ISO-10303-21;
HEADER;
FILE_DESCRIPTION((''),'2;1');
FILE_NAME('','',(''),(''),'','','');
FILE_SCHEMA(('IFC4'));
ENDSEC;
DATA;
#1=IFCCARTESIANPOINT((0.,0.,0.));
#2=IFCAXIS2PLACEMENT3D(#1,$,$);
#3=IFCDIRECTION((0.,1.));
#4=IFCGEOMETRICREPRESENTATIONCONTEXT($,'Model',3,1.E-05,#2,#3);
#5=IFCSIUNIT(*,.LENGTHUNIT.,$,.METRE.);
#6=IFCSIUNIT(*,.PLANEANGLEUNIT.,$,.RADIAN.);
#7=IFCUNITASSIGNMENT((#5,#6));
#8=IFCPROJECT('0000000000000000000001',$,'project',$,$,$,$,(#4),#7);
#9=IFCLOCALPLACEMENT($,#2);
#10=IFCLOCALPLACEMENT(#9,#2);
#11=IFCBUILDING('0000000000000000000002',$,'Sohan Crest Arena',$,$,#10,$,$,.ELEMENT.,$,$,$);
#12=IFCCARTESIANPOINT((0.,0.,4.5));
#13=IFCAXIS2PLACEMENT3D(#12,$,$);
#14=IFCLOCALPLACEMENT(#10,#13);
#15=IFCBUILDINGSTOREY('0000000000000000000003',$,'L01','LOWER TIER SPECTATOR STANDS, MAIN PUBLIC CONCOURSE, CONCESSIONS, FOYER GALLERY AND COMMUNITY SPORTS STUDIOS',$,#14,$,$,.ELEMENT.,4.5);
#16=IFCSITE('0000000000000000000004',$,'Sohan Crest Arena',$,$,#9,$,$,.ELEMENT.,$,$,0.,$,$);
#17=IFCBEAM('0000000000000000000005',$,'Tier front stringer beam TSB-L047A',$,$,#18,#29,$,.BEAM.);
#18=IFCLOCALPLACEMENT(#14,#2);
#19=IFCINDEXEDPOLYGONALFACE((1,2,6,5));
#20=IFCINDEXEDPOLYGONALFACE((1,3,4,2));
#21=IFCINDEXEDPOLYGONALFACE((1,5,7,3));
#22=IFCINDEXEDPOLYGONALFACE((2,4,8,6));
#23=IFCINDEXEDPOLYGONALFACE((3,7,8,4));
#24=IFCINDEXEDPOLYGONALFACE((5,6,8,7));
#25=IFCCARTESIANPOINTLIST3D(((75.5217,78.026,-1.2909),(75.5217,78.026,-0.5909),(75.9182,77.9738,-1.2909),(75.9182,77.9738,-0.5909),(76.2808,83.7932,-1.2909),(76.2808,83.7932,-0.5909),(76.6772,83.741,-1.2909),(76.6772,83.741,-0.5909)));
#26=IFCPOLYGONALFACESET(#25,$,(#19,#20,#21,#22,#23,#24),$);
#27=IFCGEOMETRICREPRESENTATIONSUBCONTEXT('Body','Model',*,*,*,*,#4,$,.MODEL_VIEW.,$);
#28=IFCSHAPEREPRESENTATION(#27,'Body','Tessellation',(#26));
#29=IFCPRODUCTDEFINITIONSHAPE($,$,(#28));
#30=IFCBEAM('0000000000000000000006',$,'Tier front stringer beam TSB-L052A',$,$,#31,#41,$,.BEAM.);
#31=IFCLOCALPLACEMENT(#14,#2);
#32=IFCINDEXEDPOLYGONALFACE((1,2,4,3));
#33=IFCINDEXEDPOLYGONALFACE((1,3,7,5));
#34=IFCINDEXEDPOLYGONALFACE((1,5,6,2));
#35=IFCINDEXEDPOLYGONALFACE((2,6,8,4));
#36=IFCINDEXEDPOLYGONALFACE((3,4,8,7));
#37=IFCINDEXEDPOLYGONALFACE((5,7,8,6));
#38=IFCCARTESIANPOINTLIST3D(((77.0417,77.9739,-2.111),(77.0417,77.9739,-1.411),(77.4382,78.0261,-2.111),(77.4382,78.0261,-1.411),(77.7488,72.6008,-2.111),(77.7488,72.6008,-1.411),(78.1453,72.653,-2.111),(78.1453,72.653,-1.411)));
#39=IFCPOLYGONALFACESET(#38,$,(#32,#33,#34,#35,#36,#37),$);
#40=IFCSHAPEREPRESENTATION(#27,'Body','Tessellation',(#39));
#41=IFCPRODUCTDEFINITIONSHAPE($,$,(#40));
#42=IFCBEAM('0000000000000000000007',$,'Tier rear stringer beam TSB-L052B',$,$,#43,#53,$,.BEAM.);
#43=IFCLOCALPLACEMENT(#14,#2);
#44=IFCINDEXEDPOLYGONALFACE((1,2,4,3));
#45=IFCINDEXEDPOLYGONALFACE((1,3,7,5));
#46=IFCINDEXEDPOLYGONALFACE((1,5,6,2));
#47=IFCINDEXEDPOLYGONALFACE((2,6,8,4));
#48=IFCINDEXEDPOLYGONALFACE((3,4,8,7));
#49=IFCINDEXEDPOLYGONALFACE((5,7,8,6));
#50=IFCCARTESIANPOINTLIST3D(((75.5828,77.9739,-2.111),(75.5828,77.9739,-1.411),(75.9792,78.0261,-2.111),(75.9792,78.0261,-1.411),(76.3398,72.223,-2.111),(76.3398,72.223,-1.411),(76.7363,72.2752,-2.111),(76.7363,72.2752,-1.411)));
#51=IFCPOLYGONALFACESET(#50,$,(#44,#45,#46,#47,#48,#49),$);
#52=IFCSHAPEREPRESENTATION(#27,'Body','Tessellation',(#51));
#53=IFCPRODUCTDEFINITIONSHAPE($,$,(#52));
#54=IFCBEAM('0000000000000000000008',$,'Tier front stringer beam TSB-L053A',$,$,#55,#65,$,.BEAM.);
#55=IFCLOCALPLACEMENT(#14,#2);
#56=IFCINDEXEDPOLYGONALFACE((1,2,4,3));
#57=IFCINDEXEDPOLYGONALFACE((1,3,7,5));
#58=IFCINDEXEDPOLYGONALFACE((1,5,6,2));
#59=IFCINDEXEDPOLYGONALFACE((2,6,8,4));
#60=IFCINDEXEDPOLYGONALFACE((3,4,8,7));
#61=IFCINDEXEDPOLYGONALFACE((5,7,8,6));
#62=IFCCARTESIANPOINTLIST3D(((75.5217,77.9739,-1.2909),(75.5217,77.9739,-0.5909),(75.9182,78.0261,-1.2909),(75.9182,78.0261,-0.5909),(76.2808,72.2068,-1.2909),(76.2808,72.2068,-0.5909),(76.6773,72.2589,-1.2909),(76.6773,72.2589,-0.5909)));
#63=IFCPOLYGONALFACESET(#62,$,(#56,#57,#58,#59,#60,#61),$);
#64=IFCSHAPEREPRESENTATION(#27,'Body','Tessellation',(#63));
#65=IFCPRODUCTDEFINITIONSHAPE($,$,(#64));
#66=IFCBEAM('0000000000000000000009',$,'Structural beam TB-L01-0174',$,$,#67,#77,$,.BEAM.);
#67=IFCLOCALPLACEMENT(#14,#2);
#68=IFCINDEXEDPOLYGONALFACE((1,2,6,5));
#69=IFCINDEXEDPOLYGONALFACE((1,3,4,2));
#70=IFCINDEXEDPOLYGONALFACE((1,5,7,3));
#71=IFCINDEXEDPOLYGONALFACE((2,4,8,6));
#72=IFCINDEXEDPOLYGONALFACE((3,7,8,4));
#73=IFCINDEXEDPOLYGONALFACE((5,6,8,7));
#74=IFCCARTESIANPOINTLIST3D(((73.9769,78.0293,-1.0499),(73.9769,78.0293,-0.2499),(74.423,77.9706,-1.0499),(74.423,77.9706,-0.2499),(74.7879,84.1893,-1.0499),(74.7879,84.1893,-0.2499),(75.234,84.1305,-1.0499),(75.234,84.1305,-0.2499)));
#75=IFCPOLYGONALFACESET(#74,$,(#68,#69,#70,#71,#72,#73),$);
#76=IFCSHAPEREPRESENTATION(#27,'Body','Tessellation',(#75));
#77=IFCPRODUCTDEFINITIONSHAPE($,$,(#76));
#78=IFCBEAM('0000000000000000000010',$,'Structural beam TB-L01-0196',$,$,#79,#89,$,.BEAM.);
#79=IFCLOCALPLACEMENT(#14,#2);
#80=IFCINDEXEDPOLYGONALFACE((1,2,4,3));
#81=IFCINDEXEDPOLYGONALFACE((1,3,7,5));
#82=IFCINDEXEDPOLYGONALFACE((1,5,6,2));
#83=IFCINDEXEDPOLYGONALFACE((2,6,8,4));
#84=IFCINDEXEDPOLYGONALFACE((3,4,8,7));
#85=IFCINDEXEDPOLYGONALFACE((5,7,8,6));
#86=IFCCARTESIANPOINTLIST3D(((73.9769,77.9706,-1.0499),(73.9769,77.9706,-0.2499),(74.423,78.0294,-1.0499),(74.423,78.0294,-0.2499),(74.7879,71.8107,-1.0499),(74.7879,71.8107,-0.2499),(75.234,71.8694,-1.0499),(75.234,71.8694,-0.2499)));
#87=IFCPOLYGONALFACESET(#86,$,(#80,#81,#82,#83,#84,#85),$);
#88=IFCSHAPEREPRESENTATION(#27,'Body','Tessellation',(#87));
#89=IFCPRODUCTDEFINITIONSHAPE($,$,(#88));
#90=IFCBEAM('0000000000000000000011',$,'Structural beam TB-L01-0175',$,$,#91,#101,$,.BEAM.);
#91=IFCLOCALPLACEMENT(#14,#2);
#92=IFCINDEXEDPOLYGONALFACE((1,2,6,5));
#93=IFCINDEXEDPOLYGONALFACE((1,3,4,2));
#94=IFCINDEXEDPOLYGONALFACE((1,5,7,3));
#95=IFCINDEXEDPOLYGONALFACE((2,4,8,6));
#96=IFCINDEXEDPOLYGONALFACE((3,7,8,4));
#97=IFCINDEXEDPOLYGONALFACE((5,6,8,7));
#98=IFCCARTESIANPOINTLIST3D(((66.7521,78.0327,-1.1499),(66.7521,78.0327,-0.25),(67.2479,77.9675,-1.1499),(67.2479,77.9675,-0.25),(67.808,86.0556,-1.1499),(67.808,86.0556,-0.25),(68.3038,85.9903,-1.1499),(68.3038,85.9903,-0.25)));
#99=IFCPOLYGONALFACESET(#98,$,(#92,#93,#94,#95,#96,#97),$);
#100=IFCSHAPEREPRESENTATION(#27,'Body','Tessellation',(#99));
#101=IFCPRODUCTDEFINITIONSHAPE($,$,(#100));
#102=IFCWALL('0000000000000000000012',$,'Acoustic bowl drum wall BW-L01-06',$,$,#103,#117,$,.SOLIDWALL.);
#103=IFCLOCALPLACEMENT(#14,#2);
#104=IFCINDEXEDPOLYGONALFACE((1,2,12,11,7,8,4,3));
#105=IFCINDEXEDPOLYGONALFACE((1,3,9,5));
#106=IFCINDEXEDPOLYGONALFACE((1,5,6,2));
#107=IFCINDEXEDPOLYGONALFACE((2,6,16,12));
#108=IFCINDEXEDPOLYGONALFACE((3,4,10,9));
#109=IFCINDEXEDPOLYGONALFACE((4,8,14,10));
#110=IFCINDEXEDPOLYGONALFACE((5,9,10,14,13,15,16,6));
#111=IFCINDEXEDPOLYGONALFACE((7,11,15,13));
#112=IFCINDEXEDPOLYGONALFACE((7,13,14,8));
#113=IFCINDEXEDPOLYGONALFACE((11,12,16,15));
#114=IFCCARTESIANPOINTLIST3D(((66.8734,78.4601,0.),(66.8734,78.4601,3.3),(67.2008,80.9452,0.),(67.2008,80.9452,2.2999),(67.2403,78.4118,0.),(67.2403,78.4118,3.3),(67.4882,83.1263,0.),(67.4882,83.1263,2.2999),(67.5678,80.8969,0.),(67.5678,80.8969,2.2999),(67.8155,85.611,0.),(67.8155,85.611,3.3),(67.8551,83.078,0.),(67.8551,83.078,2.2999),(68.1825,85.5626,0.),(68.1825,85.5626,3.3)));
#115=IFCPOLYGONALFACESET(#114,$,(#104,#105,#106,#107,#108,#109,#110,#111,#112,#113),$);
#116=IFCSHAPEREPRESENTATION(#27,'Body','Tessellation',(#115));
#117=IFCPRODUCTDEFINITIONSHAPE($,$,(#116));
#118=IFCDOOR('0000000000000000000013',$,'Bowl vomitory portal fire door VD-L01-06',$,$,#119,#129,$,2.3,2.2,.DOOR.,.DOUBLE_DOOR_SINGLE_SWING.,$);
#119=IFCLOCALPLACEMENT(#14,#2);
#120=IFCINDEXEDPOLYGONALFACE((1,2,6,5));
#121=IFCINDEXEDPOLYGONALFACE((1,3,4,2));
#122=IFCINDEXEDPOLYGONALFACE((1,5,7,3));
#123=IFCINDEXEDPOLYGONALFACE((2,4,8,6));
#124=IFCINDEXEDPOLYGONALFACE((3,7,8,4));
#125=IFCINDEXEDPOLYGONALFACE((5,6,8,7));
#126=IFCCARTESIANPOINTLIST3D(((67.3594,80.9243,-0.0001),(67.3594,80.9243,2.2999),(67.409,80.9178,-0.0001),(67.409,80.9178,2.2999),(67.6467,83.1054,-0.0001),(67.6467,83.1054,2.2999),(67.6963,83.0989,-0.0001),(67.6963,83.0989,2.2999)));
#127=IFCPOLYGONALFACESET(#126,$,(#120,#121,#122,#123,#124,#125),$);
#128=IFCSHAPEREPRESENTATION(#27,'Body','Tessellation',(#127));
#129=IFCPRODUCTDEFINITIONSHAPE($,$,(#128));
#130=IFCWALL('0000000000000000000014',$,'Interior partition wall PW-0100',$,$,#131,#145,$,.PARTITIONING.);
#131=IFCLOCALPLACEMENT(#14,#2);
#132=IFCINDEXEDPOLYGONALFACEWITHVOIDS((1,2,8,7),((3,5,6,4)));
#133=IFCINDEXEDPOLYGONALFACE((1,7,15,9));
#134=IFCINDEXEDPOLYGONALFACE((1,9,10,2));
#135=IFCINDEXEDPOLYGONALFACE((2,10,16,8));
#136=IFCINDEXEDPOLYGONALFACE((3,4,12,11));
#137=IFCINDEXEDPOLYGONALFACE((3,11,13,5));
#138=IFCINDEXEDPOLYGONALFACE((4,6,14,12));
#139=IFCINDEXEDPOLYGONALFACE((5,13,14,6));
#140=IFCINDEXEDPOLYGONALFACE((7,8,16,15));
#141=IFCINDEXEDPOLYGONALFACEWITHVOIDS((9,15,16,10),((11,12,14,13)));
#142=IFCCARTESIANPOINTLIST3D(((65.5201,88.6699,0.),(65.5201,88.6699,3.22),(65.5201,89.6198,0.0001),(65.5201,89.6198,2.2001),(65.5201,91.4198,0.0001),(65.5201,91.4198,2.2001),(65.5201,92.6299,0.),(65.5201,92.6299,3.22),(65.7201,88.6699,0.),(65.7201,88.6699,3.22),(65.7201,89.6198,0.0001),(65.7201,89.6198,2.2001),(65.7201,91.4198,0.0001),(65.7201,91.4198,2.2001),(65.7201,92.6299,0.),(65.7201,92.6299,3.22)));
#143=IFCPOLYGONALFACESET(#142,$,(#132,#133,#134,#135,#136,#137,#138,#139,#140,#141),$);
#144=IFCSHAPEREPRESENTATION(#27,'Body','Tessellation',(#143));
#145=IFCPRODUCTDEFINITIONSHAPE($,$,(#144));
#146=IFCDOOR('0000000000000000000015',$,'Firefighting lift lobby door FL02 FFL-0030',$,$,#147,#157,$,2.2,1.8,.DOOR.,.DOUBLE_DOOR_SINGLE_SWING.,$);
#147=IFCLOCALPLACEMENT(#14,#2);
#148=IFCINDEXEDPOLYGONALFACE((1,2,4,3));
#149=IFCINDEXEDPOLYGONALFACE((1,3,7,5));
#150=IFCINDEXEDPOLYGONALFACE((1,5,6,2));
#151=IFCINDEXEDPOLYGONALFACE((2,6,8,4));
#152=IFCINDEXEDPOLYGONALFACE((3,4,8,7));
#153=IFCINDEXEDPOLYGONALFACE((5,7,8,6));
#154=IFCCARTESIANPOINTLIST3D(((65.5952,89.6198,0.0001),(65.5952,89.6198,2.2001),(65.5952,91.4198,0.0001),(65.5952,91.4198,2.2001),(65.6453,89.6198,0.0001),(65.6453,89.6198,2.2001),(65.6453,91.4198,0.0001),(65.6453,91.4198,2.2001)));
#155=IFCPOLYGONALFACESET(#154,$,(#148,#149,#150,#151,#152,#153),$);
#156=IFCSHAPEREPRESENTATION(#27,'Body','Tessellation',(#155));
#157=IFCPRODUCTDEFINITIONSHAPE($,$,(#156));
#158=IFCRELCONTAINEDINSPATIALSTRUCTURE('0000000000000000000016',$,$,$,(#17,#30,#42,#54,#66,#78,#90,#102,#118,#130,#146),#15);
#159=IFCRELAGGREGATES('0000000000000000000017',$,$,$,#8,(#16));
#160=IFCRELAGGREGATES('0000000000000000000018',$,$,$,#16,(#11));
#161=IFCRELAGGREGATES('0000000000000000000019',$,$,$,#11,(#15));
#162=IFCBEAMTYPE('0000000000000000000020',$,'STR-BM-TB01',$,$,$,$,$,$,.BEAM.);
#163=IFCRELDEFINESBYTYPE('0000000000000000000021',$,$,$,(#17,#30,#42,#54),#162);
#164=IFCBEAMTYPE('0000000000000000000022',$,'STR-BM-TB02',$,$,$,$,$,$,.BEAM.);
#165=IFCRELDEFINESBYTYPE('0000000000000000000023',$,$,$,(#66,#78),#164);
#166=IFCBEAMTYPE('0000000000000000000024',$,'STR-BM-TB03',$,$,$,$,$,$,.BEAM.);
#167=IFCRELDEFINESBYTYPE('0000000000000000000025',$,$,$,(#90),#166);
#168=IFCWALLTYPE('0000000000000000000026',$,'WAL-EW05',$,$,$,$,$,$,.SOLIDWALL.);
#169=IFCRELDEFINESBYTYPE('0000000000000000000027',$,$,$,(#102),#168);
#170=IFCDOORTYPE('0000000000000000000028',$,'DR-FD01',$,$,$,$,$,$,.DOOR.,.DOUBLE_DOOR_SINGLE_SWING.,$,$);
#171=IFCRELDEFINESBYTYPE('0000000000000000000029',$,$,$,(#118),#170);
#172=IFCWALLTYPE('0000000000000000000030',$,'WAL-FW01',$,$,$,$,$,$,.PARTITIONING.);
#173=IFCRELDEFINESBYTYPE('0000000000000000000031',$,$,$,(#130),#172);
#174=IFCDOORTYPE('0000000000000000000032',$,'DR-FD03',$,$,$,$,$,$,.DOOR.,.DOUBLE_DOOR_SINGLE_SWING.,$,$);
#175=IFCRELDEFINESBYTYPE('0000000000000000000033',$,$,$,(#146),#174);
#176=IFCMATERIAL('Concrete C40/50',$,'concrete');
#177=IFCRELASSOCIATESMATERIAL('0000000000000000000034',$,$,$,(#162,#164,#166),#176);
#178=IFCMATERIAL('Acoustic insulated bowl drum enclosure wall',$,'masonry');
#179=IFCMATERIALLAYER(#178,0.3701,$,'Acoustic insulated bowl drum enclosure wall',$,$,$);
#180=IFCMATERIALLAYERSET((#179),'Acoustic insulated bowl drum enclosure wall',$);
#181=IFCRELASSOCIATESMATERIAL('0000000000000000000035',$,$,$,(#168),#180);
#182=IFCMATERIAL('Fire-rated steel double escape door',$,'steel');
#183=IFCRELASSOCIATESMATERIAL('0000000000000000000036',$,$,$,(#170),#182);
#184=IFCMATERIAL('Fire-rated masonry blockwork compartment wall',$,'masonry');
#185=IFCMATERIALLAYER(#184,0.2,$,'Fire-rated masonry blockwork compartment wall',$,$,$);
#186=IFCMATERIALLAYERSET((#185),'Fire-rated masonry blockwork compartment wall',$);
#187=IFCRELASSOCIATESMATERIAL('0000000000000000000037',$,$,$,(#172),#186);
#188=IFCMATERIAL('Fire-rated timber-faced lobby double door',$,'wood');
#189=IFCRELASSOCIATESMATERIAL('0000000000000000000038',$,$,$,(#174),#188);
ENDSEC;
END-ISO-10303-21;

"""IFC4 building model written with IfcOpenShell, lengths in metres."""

from ifc_helpers import new_model, si_unit, direction, frame, frame_2d, origin, origin_2d, place, context, subcontext, project, spatial, rectangle, extrude, material, layer, layer_set, material_profile, profile_set, type_object, element, fill, save


model = new_model("IFC4")

# Units and contexts
model_context = context("Model", 3, precision=1e-05, world=origin(), true_north=direction((0.0, 1.0)))
body_context = subcontext(model_context, "Body", "Model", "MODEL_VIEW")
ifc_project = project(units=[si_unit("LENGTHUNIT", "METRE"), si_unit("PLANEANGLEUNIT", "RADIAN")], contexts=[model_context])

# Site, building, storey
site_placement = place(None, origin())
site = spatial("IfcSite", under=ifc_project, at=site_placement, Name="Sohan Crest Arena", CompositionType="ELEMENT", RefElevation=0.0)
building_placement = place(site_placement, origin())
building = spatial("IfcBuilding", under=site, at=building_placement, Name="Sohan Crest Arena", CompositionType="ELEMENT")
storey_placement = place(building_placement, frame((0.0, 0.0, 4.5)))
storey = spatial("IfcBuildingStorey", under=building, at=storey_placement, Name="L01", Description="LOWER TIER SPECTATOR STANDS, MAIN PUBLIC CONCOURSE, CONCESSIONS, FOYER GALLERY AND COMMUNITY SPORTS STUDIOS", CompositionType="ELEMENT", Elevation=4.5)

# Shared definitions
ifc_material_1 = material(Name="Concrete C40/50", Category="concrete")

# Beams
ifc_material_profile_1 = material_profile(ifc_material_1, rectangle(XDim=0.3999, YDim=0.7, at=origin_2d()), Name="RC-BM 400x700")
ifc_profile_set_1 = profile_set([ifc_material_profile_1], Name="Concrete C40/50")
beam_type_1 = type_object("IfcBeamType", Name="STR-BM-TB01", PredefinedType="BEAM", material=ifc_profile_set_1)
beam_1_placement = place(storey_placement, frame((76.479, 83.7671, -0.9409), z_axis=(-0.130489, -0.99145, 0.0), x_axis=(0.99145, -0.130489, 0.0)))
element("IfcBeam", 1, at=beam_1_placement, inside=storey, type_object=beam_type_1, Name="Tier front stringer beam TSB-L047A", PredefinedType="BEAM", context=body_context, shape_type="SweptSolid", body=[
    extrude(rectangle(XDim=0.3999, YDim=0.7, at=origin_2d()), origin(), (0.0, 0.0, 1.0), 5.8169),
])
beam_2_placement = place(storey_placement, frame((77.24, 78.0, -1.761), z_axis=(0.130464, -0.991453, 0.0), x_axis=(0.991453, 0.130464, 0.0)))
element("IfcBeam", 2, at=beam_2_placement, inside=storey, type_object=beam_type_1, Name="Tier front stringer beam TSB-L052A", PredefinedType="BEAM", context=body_context, shape_type="SweptSolid", body=[
    extrude(rectangle(XDim=0.3999, YDim=0.7, at=origin_2d()), origin(), (0.0, 0.0, 1.0), 5.4194),
])
beam_3_placement = place(storey_placement, frame((75.781, 78.0, -1.761), z_axis=(0.130518, -0.991446, 0.0), x_axis=(0.991446, 0.130518, 0.0)))
element("IfcBeam", 3, at=beam_3_placement, inside=storey, type_object=beam_type_1, Name="Tier rear stringer beam TSB-L052B", PredefinedType="BEAM", context=body_context, shape_type="SweptSolid", body=[
    extrude(rectangle(XDim=0.3999, YDim=0.7, at=origin_2d()), origin(), (0.0, 0.0, 1.0), 5.8005),
])
beam_4_placement = place(storey_placement, frame((75.72, 78.0, -0.9409), z_axis=(0.130489, -0.99145, 0.0), x_axis=(0.99145, 0.130489, 0.0)))
element("IfcBeam", 4, at=beam_4_placement, inside=storey, type_object=beam_type_1, Name="Tier front stringer beam TSB-L053A", PredefinedType="BEAM", context=body_context, shape_type="SweptSolid", body=[
    extrude(rectangle(XDim=0.3999, YDim=0.7, at=origin_2d()), origin(), (0.0, 0.0, 1.0), 5.8169),
])
ifc_material_profile_2 = material_profile(ifc_material_1, rectangle(XDim=0.45, YDim=0.8, at=origin_2d()), Name="RC-BM 450x800")
ifc_profile_set_2 = profile_set([ifc_material_profile_2], Name="Concrete C40/50")
beam_type_2 = type_object("IfcBeamType", Name="STR-BM-TB02", PredefinedType="BEAM", material=ifc_profile_set_2)
for number, where, z_axis, x_axis, name in (
    (5, (75.011, 84.1599, -0.6499), (-0.130537, -0.991443, 0.0), (0.991443, -0.130537, 0.0), "Structural beam TB-L01-0174"),
    (6, (74.2, 78.0, -0.6499), (0.130537, -0.991443, 0.0), (0.991443, 0.130537, 0.0), "Structural beam TB-L01-0196"),
):
    element("IfcBeam", number, at=place(storey_placement, frame(where, z_axis=z_axis, x_axis=x_axis)), inside=storey, type_object=beam_type_2, Name=name, PredefinedType="BEAM", context=body_context, shape_type="SweptSolid", body=[
        extrude(rectangle(XDim=0.45, YDim=0.8, at=origin_2d()), origin(), (0.0, 0.0, 1.0), 6.2131),
    ])
ifc_material_profile_3 = material_profile(ifc_material_1, rectangle(XDim=0.5, YDim=0.8999, at=origin_2d()), Name="RC-BM 500x900")
ifc_profile_set_3 = profile_set([ifc_material_profile_3], Name="Concrete C40/50")
beam_type_3 = type_object("IfcBeamType", Name="STR-BM-TB03", PredefinedType="BEAM", material=ifc_profile_set_3)
beam_5_placement = place(storey_placement, frame((68.0559, 86.0229, -0.7), z_axis=(-0.130486, -0.99145, 0.0), x_axis=(0.99145, -0.130486, 0.0)))
element("IfcBeam", 7, at=beam_5_placement, inside=storey, type_object=beam_type_3, Name="Structural beam TB-L01-0175", PredefinedType="BEAM", context=body_context, shape_type="SweptSolid", body=[
    extrude(rectangle(XDim=0.5, YDim=0.8999, at=origin_2d()), origin(), (0.0, 0.0, 1.0), 8.092),
])

# Walls, openings, doors
ifc_material_2 = material(Name="Acoustic insulated bowl drum enclosure wall", Category="masonry")
ifc_layer_1 = layer(ifc_material_2, 0.3701, Name="Acoustic insulated bowl drum enclosure wall")
ifc_layer_set_1 = layer_set([ifc_layer_1], Name="Acoustic insulated bowl drum enclosure wall")
wall_type_1 = type_object("IfcWallType", Name="WAL-EW05", PredefinedType="SOLIDWALL", material=ifc_layer_set_1)
wall_1_placement = place(storey_placement, frame((67.999, 85.5869, 0.0), z_axis=(0.0, 0.0, 1.0), x_axis=(-0.130623, -0.991432, 0.0)))
wall_1 = element("IfcWall", 8, at=wall_1_placement, inside=storey, type_object=wall_type_1, Name="Acoustic bowl drum wall BW-L01-06", PredefinedType="SOLIDWALL", context=body_context, shape_type="SweptSolid", body=[
    extrude(rectangle(XDim=7.2126, YDim=0.3701, at=frame_2d((3.6064, 0.0))), origin(), (0.0, 0.0, 1.0), 3.3),
])
opening_1_placement = place(wall_1_placement, frame((2.5061, 0.0, 0.0)))
opening_1 = element("IfcOpeningElement", 9, at=opening_1_placement, cuts=wall_1, PredefinedType="OPENING", context=body_context, shape_type="SweptSolid", body=[
    extrude(rectangle(XDim=2.2, YDim=2.3, at=frame_2d((1.1001, 1.1499))), frame((0.0, 0.1951, 0.0), z_axis=(0.0, -1.0, 0.0), x_axis=(1.0, 0.0, 0.0)), (0.0, 0.0, 1.0), 0.3901),
])
ifc_material_3 = material(Name="Fire-rated steel double escape door", Category="steel")
door_type_1 = type_object("IfcDoorType", Name="DR-FD01", OperationType="DOUBLE_DOOR_SINGLE_SWING", PredefinedType="DOOR", material=ifc_material_3)
door_1_placement = place(opening_1_placement, origin())
door_1 = element("IfcDoor", 10, at=door_1_placement, inside=storey, type_object=door_type_1, Name="Bowl vomitory portal fire door VD-L01-06", OperationType="DOUBLE_DOOR_SINGLE_SWING", OverallHeight=2.3, OverallWidth=2.2, PredefinedType="DOOR", context=body_context, shape_type="SweptSolid", body=[
    extrude(rectangle(XDim=2.2, YDim=2.3, at=frame_2d((1.1001, 1.1499))), frame((0.0, 0.0249, 0.0), z_axis=(0.0, -1.0, 0.0), x_axis=(1.0, 0.0, 0.0)), (0.0, 0.0, 1.0), 0.05),
])
fill(opening_1, door_1)
ifc_material_4 = material(Name="Fire-rated masonry blockwork compartment wall", Category="masonry")
ifc_layer_2 = layer(ifc_material_4, 0.2, Name="Fire-rated masonry blockwork compartment wall")
ifc_layer_set_2 = layer_set([ifc_layer_2], Name="Fire-rated masonry blockwork compartment wall")
wall_type_2 = type_object("IfcWallType", Name="WAL-FW01", PredefinedType="PARTITIONING", material=ifc_layer_set_2)
wall_2_placement = place(storey_placement, frame((65.6201, 88.6699, 0.0), z_axis=(0.0, 0.0, 1.0), x_axis=(0.0, 1.0, 0.0)))
wall_2 = element("IfcWall", 11, at=wall_2_placement, inside=storey, type_object=wall_type_2, Name="Interior partition wall PW-0100", PredefinedType="PARTITIONING", context=body_context, shape_type="SweptSolid", body=[
    extrude(rectangle(XDim=3.96, YDim=0.2, at=frame_2d((1.98, 0.0))), origin(), (0.0, 0.0, 1.0), 3.22),
])
opening_2_placement = place(wall_2_placement, frame((0.95, 0.0, 0.0)))
opening_2 = element("IfcOpeningElement", 12, at=opening_2_placement, cuts=wall_2, PredefinedType="OPENING", context=body_context, shape_type="SweptSolid", body=[
    extrude(rectangle(XDim=1.8, YDim=2.2, at=frame_2d((0.8999, 1.1001))), frame((0.0, 0.1099, 0.0), z_axis=(0.0, -1.0, 0.0), x_axis=(1.0, 0.0, 0.0)), (0.0, 0.0, 1.0), 0.22),
])
ifc_material_5 = material(Name="Fire-rated timber-faced lobby double door", Category="wood")
door_type_2 = type_object("IfcDoorType", Name="DR-FD03", OperationType="DOUBLE_DOOR_SINGLE_SWING", PredefinedType="DOOR", material=ifc_material_5)
door_2_placement = place(opening_2_placement, origin())
door_2 = element("IfcDoor", 13, at=door_2_placement, inside=storey, type_object=door_type_2, Name="Firefighting lift lobby door FL02 FFL-0030", OperationType="DOUBLE_DOOR_SINGLE_SWING", OverallHeight=2.2, OverallWidth=1.8, PredefinedType="DOOR", context=body_context, shape_type="SweptSolid", body=[
    extrude(rectangle(XDim=1.8, YDim=2.2, at=frame_2d((0.8999, 1.1001))), frame((0.0, 0.0249, 0.0), z_axis=(0.0, -1.0, 0.0), x_axis=(1.0, 0.0, 0.0)), (0.0, 0.0, 1.0), 0.05),
])
fill(opening_2, door_2)

save(model, "model.ifc")
